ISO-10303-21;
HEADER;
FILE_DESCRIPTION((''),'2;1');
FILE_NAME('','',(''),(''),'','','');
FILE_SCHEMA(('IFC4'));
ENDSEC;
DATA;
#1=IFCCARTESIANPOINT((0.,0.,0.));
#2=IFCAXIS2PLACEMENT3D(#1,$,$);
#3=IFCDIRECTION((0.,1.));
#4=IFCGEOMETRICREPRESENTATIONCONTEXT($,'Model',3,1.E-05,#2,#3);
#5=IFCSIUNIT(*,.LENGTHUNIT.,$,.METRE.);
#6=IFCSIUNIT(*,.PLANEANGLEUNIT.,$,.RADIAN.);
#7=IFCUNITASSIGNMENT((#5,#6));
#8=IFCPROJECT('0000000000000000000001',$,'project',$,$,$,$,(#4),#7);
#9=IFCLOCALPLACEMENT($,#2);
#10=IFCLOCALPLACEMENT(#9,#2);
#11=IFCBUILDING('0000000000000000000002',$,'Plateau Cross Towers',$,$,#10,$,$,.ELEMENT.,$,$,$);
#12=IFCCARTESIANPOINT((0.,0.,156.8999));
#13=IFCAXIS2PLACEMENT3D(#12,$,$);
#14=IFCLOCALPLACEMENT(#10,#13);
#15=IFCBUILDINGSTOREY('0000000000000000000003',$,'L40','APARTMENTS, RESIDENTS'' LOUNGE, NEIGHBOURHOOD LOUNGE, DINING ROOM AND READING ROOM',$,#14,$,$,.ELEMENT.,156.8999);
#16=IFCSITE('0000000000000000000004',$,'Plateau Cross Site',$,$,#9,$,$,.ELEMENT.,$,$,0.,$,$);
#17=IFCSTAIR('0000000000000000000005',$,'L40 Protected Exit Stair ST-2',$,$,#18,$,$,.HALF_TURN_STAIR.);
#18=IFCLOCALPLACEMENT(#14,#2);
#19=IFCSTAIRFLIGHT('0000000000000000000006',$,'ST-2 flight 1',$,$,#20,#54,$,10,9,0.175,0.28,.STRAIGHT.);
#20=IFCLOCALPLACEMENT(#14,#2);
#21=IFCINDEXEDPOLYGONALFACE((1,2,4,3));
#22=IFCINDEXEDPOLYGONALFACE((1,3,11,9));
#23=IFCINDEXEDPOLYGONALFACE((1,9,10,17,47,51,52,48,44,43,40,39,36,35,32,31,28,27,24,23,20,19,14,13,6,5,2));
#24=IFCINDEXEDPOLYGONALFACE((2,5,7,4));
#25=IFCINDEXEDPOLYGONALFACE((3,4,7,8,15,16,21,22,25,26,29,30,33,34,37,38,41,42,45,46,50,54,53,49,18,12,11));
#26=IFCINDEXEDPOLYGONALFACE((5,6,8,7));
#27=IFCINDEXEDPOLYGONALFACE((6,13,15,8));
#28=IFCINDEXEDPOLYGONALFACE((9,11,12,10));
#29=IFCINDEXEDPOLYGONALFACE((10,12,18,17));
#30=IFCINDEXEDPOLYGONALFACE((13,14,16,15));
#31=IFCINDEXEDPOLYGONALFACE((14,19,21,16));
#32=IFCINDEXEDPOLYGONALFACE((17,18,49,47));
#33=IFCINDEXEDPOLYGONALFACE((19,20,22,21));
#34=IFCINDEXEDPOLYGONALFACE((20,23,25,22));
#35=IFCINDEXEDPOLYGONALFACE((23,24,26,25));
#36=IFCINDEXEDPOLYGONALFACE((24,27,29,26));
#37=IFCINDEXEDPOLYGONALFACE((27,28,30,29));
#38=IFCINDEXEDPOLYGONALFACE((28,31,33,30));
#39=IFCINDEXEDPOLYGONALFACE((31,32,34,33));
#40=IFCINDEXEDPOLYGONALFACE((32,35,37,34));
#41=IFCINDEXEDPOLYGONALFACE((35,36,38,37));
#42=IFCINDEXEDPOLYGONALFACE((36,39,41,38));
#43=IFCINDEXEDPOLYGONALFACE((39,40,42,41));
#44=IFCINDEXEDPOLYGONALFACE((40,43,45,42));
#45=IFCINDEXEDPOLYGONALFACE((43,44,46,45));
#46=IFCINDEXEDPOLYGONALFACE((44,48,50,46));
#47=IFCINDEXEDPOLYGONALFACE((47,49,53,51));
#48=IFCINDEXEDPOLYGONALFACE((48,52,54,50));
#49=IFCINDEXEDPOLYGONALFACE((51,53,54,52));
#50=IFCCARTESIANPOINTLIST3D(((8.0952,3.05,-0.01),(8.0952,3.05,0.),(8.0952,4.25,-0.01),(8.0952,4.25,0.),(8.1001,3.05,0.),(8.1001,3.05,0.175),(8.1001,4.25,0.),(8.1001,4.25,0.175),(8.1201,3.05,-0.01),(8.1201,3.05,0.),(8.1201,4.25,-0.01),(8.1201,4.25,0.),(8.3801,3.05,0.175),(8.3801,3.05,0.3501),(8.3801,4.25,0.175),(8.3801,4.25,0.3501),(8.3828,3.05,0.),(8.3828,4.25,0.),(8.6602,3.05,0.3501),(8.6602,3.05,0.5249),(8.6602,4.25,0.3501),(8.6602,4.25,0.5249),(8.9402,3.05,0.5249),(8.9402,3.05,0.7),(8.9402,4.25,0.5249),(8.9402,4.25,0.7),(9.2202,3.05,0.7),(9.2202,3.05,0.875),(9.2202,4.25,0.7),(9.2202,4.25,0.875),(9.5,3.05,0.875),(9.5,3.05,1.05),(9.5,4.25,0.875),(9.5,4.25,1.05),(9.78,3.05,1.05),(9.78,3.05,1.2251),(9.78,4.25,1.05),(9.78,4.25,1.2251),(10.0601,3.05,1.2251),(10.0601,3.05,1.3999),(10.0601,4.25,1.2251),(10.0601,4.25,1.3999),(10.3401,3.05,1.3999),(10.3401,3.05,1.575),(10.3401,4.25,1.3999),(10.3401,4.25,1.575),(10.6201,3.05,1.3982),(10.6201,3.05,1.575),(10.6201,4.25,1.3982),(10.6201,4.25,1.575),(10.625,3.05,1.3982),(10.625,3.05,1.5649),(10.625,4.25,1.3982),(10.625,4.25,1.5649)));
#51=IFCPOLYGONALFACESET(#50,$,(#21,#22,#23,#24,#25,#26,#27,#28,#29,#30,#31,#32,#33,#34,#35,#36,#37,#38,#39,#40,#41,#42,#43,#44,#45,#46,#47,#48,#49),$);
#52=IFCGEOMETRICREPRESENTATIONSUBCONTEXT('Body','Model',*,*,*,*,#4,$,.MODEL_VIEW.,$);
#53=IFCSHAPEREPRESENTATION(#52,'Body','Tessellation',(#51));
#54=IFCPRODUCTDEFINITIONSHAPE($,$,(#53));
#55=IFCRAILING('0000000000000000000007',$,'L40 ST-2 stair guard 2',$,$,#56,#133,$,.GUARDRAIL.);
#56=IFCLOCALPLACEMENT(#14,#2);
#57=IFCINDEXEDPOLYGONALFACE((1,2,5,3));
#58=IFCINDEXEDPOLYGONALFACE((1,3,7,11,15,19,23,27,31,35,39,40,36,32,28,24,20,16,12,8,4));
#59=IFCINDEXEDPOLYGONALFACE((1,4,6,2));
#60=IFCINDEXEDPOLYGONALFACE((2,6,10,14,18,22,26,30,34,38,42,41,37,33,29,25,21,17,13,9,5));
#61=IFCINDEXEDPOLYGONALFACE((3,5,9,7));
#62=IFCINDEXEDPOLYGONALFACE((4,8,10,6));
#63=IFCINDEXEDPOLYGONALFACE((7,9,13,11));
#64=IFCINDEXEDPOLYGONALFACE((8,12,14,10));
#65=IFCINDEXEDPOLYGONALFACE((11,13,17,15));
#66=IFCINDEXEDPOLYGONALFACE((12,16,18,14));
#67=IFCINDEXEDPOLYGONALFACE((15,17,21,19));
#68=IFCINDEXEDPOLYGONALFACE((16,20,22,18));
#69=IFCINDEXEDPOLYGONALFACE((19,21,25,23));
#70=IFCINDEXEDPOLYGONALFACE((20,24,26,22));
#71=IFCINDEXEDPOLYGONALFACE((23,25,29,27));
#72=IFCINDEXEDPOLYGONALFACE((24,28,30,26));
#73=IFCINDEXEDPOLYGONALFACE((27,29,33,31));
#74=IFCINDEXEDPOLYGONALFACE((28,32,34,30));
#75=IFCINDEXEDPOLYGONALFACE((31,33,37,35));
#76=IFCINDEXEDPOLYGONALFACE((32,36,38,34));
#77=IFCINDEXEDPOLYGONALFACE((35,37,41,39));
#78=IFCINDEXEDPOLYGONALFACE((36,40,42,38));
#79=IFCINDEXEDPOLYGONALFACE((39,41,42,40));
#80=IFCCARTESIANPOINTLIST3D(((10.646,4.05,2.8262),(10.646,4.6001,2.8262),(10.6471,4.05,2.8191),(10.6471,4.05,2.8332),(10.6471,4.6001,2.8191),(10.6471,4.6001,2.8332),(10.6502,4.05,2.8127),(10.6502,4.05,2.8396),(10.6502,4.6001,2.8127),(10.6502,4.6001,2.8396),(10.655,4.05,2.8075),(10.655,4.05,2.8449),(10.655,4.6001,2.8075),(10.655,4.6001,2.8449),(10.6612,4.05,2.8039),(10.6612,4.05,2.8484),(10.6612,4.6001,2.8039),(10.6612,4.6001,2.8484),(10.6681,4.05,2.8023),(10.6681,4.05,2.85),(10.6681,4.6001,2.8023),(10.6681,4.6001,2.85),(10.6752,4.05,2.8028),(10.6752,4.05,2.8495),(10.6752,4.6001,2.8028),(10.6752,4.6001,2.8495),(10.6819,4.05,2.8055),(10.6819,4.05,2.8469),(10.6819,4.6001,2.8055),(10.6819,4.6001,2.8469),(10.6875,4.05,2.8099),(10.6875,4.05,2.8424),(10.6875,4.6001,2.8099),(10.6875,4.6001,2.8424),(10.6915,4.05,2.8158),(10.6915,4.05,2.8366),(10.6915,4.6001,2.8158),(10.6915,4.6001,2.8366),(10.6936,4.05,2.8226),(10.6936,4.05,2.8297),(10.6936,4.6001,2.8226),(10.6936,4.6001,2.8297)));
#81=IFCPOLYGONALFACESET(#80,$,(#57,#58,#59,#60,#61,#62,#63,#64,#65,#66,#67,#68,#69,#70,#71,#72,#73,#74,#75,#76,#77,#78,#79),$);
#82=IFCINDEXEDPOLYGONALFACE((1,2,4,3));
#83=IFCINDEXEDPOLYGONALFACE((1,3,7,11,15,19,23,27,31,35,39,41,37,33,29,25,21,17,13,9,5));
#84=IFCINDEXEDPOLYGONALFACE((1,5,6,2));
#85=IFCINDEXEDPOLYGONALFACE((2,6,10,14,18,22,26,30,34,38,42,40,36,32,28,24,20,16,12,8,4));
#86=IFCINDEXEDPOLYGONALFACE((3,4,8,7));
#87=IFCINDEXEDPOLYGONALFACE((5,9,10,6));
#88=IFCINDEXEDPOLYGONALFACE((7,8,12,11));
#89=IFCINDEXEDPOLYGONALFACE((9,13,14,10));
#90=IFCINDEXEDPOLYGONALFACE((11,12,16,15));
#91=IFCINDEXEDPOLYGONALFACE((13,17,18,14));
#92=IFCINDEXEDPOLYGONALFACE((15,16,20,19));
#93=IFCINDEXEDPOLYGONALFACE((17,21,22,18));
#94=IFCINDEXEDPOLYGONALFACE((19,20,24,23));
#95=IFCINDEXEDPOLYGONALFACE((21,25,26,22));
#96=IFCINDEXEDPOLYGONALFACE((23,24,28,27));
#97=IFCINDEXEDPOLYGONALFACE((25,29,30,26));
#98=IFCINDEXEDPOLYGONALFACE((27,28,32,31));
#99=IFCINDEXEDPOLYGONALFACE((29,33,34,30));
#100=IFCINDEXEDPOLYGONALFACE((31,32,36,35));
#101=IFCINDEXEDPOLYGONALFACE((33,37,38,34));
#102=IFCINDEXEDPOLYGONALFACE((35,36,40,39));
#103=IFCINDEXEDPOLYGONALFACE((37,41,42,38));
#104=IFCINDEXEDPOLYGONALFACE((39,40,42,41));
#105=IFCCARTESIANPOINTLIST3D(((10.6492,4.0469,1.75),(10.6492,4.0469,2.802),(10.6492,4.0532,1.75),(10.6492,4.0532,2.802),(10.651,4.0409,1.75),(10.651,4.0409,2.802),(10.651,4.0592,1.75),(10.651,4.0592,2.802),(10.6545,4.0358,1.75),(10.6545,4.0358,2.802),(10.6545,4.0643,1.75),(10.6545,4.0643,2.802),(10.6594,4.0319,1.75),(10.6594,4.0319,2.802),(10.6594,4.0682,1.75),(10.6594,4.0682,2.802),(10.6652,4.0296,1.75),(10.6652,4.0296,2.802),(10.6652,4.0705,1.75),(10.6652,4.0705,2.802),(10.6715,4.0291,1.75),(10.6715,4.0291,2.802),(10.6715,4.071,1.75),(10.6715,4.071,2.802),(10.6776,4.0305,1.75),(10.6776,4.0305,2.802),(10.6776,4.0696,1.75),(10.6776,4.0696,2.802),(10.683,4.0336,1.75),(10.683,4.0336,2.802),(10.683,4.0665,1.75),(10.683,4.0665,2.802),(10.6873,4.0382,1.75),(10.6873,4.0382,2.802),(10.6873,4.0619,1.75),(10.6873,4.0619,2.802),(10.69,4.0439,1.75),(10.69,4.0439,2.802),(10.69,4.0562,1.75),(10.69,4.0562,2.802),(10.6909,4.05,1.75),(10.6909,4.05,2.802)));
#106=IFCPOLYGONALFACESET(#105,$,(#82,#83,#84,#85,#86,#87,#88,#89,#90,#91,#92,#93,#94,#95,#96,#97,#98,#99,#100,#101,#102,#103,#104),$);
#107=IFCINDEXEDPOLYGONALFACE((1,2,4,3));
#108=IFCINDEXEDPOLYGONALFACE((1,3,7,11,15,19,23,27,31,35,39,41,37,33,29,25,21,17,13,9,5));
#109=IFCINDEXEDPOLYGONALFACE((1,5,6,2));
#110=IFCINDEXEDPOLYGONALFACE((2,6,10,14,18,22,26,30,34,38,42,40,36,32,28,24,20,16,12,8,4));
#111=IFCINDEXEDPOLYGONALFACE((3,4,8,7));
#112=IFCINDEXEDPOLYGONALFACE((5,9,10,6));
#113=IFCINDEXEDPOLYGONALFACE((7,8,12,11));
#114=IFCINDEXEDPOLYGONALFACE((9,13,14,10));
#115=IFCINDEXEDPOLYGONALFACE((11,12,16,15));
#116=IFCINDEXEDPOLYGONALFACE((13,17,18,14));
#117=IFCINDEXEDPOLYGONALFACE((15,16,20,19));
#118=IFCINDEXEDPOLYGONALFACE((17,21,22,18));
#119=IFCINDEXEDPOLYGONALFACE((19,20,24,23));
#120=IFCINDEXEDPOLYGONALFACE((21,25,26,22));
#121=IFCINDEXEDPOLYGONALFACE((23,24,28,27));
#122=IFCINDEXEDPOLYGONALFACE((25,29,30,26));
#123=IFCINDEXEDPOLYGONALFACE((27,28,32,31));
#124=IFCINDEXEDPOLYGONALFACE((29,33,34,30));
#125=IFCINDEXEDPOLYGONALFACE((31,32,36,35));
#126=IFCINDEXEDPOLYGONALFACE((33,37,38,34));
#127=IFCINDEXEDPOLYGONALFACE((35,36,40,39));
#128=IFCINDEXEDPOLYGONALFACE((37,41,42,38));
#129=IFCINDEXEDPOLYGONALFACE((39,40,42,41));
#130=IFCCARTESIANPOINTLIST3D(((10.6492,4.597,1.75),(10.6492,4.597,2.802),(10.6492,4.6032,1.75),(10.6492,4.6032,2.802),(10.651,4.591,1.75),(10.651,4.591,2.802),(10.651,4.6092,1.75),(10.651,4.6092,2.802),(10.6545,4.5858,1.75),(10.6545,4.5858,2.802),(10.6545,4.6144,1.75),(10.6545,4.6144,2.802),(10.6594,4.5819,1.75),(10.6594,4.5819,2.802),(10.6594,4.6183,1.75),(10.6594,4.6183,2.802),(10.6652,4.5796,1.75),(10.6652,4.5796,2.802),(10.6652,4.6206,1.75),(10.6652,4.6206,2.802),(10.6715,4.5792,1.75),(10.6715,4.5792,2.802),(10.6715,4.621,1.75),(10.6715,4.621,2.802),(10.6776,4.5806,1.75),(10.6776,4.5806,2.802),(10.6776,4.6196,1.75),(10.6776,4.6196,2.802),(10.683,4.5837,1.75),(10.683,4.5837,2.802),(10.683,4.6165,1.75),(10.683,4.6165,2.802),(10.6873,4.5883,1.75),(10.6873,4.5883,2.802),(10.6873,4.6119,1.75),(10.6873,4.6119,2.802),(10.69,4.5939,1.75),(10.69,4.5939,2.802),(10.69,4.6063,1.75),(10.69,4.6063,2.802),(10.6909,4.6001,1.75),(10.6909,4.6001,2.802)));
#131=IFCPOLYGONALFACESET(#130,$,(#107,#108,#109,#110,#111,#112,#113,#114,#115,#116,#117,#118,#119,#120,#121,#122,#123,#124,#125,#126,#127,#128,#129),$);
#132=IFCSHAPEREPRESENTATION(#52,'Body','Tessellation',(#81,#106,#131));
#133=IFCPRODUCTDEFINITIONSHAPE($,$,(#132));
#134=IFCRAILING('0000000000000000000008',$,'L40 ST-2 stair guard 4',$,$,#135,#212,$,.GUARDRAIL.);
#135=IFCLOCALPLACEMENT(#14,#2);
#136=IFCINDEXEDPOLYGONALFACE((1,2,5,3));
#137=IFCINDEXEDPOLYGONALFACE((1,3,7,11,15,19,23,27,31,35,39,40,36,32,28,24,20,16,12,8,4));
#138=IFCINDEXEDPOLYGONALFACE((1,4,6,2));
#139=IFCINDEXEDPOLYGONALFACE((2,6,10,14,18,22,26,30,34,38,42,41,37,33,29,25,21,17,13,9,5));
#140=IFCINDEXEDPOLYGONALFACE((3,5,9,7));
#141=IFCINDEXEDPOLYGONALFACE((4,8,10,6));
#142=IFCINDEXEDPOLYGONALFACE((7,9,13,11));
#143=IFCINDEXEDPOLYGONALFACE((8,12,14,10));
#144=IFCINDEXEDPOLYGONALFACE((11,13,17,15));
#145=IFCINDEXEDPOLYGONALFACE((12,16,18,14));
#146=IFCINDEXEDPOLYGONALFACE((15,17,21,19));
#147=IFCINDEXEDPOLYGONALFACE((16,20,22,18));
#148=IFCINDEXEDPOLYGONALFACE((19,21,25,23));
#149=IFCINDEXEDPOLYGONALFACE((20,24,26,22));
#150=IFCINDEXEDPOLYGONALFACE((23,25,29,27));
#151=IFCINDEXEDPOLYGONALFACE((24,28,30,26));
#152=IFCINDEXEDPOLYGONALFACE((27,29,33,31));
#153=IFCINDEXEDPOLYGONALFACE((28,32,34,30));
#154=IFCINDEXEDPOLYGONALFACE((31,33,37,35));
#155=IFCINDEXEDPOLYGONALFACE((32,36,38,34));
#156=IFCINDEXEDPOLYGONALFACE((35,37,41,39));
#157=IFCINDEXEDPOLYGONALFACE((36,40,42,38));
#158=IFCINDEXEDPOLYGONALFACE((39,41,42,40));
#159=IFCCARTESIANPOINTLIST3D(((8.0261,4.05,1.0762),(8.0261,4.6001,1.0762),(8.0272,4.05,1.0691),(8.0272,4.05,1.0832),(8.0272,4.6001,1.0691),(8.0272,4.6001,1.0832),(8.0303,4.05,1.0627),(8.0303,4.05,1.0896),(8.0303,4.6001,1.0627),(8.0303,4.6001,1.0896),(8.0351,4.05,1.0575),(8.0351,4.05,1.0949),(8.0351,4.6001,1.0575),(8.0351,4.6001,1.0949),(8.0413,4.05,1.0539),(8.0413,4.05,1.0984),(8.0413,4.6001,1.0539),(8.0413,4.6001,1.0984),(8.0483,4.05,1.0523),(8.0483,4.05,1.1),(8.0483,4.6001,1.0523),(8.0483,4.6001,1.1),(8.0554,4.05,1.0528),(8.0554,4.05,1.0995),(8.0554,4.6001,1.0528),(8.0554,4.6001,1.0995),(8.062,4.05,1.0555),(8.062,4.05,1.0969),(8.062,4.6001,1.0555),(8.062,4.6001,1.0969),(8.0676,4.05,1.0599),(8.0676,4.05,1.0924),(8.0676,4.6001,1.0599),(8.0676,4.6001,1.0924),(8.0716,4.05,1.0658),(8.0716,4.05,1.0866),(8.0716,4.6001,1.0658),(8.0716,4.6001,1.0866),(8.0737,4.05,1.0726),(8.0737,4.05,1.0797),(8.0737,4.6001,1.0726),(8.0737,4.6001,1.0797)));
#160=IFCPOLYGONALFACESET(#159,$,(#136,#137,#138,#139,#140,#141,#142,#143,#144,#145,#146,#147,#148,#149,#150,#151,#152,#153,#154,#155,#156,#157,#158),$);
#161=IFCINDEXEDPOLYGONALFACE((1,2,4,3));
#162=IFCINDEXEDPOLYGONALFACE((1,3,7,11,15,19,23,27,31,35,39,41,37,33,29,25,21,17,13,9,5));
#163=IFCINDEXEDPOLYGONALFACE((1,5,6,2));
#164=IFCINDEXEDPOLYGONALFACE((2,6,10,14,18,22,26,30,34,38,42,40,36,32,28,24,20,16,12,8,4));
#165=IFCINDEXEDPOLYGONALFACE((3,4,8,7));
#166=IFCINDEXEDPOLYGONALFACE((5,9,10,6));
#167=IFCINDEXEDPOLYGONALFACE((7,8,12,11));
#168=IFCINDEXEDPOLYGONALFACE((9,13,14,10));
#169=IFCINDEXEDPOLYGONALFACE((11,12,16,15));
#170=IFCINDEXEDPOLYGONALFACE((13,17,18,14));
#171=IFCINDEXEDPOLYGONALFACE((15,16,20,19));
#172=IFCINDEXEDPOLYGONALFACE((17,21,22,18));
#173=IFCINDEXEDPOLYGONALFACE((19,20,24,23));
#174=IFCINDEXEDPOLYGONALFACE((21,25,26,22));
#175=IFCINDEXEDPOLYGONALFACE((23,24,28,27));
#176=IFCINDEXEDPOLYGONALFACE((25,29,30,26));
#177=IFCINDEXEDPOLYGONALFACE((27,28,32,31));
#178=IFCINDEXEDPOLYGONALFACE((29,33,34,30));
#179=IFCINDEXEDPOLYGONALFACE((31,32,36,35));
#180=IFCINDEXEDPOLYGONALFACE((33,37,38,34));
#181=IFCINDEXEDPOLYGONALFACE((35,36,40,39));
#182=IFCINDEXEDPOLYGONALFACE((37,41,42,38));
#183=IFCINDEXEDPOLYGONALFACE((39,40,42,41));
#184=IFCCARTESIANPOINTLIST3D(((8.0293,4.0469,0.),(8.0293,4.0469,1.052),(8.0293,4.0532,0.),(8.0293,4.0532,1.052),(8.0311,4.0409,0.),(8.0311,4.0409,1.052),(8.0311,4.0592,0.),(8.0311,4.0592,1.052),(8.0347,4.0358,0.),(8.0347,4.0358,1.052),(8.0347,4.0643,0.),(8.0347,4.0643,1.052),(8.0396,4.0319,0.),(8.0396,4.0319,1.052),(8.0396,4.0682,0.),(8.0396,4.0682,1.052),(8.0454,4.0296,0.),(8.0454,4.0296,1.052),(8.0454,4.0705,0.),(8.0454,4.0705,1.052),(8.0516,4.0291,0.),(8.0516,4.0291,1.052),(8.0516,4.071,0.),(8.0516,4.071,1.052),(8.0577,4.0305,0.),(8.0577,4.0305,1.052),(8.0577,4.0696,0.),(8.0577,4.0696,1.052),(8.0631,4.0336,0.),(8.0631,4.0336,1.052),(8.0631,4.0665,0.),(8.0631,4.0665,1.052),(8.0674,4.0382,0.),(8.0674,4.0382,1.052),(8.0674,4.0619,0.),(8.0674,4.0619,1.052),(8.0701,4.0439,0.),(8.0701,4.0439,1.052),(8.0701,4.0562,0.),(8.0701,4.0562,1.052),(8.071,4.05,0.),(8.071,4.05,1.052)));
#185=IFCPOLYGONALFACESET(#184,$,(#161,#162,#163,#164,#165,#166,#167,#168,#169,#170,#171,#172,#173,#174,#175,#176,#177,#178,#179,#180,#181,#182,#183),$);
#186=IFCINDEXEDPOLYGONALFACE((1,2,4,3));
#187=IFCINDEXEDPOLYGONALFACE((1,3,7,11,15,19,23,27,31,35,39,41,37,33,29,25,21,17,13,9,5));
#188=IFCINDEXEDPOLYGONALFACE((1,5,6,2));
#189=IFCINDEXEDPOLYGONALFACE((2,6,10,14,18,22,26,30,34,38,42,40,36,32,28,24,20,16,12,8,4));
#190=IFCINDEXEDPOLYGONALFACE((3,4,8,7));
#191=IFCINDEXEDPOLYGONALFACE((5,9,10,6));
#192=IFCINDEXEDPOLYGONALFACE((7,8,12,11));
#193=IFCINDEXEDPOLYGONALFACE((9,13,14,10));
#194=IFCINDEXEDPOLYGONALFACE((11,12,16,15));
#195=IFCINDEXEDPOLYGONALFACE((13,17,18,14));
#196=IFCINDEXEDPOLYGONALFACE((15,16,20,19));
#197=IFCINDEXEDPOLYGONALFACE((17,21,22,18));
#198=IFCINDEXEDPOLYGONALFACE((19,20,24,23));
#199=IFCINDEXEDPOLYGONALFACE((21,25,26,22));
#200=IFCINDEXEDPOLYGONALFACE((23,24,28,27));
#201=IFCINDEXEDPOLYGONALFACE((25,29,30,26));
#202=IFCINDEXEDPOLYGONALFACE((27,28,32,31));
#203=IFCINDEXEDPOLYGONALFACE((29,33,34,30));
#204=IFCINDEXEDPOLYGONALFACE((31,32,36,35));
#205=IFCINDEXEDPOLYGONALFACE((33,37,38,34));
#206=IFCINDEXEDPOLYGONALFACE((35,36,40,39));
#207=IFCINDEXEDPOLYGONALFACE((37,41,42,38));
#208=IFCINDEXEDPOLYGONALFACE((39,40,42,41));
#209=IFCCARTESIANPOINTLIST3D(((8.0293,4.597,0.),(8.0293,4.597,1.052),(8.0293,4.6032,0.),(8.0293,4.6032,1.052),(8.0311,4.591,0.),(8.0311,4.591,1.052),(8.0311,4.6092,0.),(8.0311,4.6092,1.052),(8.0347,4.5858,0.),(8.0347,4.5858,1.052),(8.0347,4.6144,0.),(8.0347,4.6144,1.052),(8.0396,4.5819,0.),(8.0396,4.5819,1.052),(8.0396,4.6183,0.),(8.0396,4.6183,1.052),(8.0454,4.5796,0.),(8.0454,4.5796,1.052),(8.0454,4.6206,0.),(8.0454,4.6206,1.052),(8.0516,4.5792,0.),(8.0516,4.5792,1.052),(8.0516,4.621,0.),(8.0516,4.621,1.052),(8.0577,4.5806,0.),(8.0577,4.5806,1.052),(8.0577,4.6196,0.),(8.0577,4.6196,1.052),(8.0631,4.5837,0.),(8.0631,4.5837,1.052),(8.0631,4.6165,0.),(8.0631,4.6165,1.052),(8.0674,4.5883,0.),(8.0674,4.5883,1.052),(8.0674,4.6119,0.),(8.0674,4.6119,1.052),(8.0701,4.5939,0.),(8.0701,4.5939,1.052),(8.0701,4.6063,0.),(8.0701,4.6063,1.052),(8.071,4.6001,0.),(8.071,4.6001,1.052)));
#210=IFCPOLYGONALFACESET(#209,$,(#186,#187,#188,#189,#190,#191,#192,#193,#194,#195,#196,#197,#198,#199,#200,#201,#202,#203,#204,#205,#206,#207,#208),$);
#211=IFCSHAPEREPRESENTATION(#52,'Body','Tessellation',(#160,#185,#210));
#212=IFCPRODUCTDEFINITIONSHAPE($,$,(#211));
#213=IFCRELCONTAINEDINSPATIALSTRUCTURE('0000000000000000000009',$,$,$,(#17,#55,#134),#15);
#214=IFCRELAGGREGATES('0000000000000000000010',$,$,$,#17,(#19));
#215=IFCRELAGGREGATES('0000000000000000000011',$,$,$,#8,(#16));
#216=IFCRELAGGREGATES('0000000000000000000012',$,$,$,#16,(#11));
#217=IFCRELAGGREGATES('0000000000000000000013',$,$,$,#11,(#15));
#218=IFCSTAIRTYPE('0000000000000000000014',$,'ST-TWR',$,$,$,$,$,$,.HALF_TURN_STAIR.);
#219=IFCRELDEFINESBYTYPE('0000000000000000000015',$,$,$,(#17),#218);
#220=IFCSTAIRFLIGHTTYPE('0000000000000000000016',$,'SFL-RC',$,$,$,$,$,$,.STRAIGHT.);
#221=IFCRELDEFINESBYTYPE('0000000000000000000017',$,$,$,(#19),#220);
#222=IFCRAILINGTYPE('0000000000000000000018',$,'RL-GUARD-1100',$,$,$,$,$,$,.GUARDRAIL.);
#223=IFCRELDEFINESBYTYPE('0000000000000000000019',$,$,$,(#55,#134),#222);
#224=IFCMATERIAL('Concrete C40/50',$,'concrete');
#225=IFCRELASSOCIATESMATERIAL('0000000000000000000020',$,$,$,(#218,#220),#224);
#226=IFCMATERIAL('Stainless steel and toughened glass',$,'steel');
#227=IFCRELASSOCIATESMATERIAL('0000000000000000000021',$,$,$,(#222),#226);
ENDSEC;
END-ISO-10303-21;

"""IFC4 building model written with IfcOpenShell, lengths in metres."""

from ifc_helpers import new_model, si_unit, direction, frame, origin, origin_2d, place, context, subcontext, project, spatial, polyline, circle, outline, extrude, material, type_object, element, aggregate, save


model = new_model("IFC4")

# Units and contexts
model_context = context("Model", 3, precision=1e-05, world=origin(), true_north=direction((0.0, 1.0)))
body_context = subcontext(model_context, "Body", "Model", "MODEL_VIEW")
ifc_project = project(units=[si_unit("LENGTHUNIT", "METRE"), si_unit("PLANEANGLEUNIT", "RADIAN")], contexts=[model_context])

# Site, building, storey
site_placement = place(None, origin())
site = spatial("IfcSite", under=ifc_project, at=site_placement, Name="Plateau Cross Site", CompositionType="ELEMENT", RefElevation=0.0)
building_placement = place(site_placement, origin())
building = spatial("IfcBuilding", under=site, at=building_placement, Name="Plateau Cross Towers", CompositionType="ELEMENT")
storey_placement = place(building_placement, frame((0.0, 0.0, 156.8999)))
storey = spatial("IfcBuildingStorey", under=building, at=storey_placement, Name="L40", Description="APARTMENTS, RESIDENTS' LOUNGE, NEIGHBOURHOOD LOUNGE, DINING ROOM AND READING ROOM", CompositionType="ELEMENT", Elevation=156.8999)

# Shared definitions
ifc_material_1 = material(Name="Concrete C40/50", Category="concrete")

# Stair
stair_type = type_object("IfcStairType", Name="ST-TWR", PredefinedType="HALF_TURN_STAIR", material=ifc_material_1)
stair_1_placement = place(storey_placement, origin())
stair_1 = element("IfcStair", 1, at=stair_1_placement, inside=storey, type_object=stair_type, Name="L40 Protected Exit Stair ST-2", PredefinedType="HALF_TURN_STAIR")

# Stair flight
stair_flight_type = type_object("IfcStairFlightType", Name="SFL-RC", PredefinedType="STRAIGHT", material=ifc_material_1)
stair_flight_placement = place(storey_placement, frame((8.1001, 3.6499, 0.0), z_axis=(0.0, 0.0, 1.0), x_axis=(1.0, 0.0, 0.0)))
stair_flight = element("IfcStairFlight", 2, at=stair_flight_placement, type_object=stair_flight_type, Name="ST-2 flight 1", NumberOfRisers=10, NumberOfTreads=9, PredefinedType="STRAIGHT", RiserHeight=0.175, TreadLength=0.28, context=body_context, shape_type="SweptSolid", body=[
    extrude(outline(polyline([(-0.0049, -0.01), (-0.0049, 0.0), (0.0, 0.0), (0.0, 0.175), (0.28, 0.175), (0.28, 0.3501), (0.5601, 0.3501), (0.5601, 0.5249), (0.8401, 0.5249), (0.8401, 0.7), (1.1201, 0.7), (1.1201, 0.875), (1.3999, 0.875), (1.3999, 1.05), (1.6799, 1.05), (1.6799, 1.2251), (1.96, 1.2251), (1.96, 1.3999), (2.24, 1.3999), (2.24, 1.575), (2.52, 1.575), (2.5249, 1.5649), (2.5249, 1.3982), (2.52, 1.3982), (0.2827, 0.0), (0.02, 0.0), (0.02, -0.01), (-0.0049, -0.01)])), frame((0.0, 0.6001, 0.0), z_axis=(0.0, -1.0, 0.0), x_axis=(1.0, 0.0, 0.0)), (0.0, 0.0, 1.0), 1.2),
])
aggregate(stair_1, [stair_flight])

# Railings
ifc_material_2 = material(Name="Stainless steel and toughened glass", Category="steel")
railing_type_1 = type_object("IfcRailingType", Name="RL-GUARD-1100", PredefinedType="GUARDRAIL", material=ifc_material_2)
for number, where, name in (
    (3, (10.6699, 4.05, 1.75), "L40 ST-2 stair guard 2"),
    (4, (8.05, 4.05, 0.0), "L40 ST-2 stair guard 4"),
):
    element("IfcRailing", number, at=place(storey_placement, frame(where)), inside=storey, type_object=railing_type_1, Name=name, PredefinedType="GUARDRAIL", context=body_context, shape_type="SweptSolid", body=[
        extrude(circle(Radius=0.0239, at=origin_2d()), frame((0.0, 0.0, 1.0762), z_axis=(0.0, 1.0, 0.0), x_axis=(-1.0, 0.0, 0.0)), (0.0, 0.0, 1.0), 0.55),
        extrude(circle(Radius=0.021, at=origin_2d()), origin(), (0.0, 0.0, 1.0), 1.052),
        extrude(circle(Radius=0.021, at=origin_2d()), frame((0.0, 0.55, 0.0)), (0.0, 0.0, 1.0), 1.052),
    ])

save(model, "model.ifc")
